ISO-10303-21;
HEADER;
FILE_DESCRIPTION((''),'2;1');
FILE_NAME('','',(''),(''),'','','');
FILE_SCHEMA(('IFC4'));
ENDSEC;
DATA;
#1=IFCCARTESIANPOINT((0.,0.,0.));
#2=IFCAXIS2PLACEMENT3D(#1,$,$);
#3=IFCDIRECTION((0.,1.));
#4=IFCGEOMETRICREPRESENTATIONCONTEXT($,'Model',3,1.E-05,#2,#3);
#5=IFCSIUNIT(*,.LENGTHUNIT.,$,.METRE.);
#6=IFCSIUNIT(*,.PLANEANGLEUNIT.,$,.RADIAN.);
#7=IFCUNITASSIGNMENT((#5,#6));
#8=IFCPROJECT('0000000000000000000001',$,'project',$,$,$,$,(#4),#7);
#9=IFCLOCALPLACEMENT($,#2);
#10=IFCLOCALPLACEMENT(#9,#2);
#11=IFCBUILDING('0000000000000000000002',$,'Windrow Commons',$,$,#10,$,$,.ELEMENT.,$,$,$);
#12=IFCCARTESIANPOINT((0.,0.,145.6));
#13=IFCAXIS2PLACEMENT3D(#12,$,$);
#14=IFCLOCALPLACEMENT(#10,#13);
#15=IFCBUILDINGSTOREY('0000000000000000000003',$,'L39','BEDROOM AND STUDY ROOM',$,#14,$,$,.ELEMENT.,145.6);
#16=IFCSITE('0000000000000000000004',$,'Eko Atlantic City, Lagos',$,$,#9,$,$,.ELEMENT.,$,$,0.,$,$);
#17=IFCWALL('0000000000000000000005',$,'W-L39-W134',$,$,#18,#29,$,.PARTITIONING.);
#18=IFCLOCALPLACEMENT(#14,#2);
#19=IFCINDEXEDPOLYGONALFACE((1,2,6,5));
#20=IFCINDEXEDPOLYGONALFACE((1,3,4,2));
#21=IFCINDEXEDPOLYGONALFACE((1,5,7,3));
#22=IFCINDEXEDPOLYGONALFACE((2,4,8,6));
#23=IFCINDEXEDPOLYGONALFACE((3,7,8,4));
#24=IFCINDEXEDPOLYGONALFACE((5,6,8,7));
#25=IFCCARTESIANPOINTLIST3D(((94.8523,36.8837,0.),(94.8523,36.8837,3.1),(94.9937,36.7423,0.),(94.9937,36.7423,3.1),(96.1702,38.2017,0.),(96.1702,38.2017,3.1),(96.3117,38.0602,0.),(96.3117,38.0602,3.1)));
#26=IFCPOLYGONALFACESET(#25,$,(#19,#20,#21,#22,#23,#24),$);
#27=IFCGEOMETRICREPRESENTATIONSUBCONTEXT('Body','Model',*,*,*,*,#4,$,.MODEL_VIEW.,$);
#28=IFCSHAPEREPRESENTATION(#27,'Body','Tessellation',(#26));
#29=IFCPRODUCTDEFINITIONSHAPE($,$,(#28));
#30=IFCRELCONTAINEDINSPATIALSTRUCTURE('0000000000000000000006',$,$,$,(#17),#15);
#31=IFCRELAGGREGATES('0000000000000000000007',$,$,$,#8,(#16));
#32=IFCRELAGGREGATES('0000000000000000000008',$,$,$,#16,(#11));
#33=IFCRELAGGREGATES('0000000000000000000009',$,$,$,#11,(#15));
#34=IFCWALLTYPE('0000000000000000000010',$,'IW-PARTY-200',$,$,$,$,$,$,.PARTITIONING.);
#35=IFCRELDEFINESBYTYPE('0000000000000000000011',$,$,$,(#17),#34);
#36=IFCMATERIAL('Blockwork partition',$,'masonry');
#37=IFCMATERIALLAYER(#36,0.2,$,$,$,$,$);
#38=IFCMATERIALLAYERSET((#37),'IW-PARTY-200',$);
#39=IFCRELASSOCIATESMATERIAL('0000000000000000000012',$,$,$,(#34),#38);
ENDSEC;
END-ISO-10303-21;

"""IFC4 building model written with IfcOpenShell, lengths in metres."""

from ifc_helpers import new_model, si_unit, direction, frame, frame_2d, origin, place, context, subcontext, project, spatial, rectangle, extrude, material, layer, layer_set, type_object, element, save


model = new_model("IFC4")

# Units and contexts
model_context = context("Model", 3, precision=1e-05, world=origin(), true_north=direction((0.0, 1.0)))
body_context = subcontext(model_context, "Body", "Model", "MODEL_VIEW")
ifc_project = project(units=[si_unit("LENGTHUNIT", "METRE"), si_unit("PLANEANGLEUNIT", "RADIAN")], contexts=[model_context])

# Site, building, storey
site_placement = place(None, origin())
site = spatial("IfcSite", under=ifc_project, at=site_placement, Name="Eko Atlantic City, Lagos", CompositionType="ELEMENT", RefElevation=0.0)
building_placement = place(site_placement, origin())
building = spatial("IfcBuilding", under=site, at=building_placement, Name="Windrow Commons", CompositionType="ELEMENT")
storey_placement = place(building_placement, frame((0.0, 0.0, 145.6)))
storey = spatial("IfcBuildingStorey", under=building, at=storey_placement, Name="L39", Description="BEDROOM AND STUDY ROOM", CompositionType="ELEMENT", Elevation=145.6)

# Wall
ifc_material_1 = material(Name="Blockwork partition", Category="masonry")
ifc_layer_1 = layer(ifc_material_1, 0.2)
ifc_layer_set_1 = layer_set([ifc_layer_1], Name="IW-PARTY-200")
wall_type_1 = type_object("IfcWallType", Name="IW-PARTY-200", PredefinedType="PARTITIONING", material=ifc_layer_set_1)
wall_1_placement = place(storey_placement, frame((94.923, 36.813, 0.0), z_axis=(0.0, 0.0, 1.0), x_axis=(0.707107, 0.707107, 0.0)))
element("IfcWall", 1, at=wall_1_placement, inside=storey, type_object=wall_type_1, Name="W-L39-W134", PredefinedType="PARTITIONING", context=body_context, shape_type="SweptSolid", body=[
    extrude(rectangle(XDim=1.8639, YDim=0.2, at=frame_2d((0.9319, 0.0))), origin(), (0.0, 0.0, 1.0), 3.1),
])

save(model, "model.ifc")
